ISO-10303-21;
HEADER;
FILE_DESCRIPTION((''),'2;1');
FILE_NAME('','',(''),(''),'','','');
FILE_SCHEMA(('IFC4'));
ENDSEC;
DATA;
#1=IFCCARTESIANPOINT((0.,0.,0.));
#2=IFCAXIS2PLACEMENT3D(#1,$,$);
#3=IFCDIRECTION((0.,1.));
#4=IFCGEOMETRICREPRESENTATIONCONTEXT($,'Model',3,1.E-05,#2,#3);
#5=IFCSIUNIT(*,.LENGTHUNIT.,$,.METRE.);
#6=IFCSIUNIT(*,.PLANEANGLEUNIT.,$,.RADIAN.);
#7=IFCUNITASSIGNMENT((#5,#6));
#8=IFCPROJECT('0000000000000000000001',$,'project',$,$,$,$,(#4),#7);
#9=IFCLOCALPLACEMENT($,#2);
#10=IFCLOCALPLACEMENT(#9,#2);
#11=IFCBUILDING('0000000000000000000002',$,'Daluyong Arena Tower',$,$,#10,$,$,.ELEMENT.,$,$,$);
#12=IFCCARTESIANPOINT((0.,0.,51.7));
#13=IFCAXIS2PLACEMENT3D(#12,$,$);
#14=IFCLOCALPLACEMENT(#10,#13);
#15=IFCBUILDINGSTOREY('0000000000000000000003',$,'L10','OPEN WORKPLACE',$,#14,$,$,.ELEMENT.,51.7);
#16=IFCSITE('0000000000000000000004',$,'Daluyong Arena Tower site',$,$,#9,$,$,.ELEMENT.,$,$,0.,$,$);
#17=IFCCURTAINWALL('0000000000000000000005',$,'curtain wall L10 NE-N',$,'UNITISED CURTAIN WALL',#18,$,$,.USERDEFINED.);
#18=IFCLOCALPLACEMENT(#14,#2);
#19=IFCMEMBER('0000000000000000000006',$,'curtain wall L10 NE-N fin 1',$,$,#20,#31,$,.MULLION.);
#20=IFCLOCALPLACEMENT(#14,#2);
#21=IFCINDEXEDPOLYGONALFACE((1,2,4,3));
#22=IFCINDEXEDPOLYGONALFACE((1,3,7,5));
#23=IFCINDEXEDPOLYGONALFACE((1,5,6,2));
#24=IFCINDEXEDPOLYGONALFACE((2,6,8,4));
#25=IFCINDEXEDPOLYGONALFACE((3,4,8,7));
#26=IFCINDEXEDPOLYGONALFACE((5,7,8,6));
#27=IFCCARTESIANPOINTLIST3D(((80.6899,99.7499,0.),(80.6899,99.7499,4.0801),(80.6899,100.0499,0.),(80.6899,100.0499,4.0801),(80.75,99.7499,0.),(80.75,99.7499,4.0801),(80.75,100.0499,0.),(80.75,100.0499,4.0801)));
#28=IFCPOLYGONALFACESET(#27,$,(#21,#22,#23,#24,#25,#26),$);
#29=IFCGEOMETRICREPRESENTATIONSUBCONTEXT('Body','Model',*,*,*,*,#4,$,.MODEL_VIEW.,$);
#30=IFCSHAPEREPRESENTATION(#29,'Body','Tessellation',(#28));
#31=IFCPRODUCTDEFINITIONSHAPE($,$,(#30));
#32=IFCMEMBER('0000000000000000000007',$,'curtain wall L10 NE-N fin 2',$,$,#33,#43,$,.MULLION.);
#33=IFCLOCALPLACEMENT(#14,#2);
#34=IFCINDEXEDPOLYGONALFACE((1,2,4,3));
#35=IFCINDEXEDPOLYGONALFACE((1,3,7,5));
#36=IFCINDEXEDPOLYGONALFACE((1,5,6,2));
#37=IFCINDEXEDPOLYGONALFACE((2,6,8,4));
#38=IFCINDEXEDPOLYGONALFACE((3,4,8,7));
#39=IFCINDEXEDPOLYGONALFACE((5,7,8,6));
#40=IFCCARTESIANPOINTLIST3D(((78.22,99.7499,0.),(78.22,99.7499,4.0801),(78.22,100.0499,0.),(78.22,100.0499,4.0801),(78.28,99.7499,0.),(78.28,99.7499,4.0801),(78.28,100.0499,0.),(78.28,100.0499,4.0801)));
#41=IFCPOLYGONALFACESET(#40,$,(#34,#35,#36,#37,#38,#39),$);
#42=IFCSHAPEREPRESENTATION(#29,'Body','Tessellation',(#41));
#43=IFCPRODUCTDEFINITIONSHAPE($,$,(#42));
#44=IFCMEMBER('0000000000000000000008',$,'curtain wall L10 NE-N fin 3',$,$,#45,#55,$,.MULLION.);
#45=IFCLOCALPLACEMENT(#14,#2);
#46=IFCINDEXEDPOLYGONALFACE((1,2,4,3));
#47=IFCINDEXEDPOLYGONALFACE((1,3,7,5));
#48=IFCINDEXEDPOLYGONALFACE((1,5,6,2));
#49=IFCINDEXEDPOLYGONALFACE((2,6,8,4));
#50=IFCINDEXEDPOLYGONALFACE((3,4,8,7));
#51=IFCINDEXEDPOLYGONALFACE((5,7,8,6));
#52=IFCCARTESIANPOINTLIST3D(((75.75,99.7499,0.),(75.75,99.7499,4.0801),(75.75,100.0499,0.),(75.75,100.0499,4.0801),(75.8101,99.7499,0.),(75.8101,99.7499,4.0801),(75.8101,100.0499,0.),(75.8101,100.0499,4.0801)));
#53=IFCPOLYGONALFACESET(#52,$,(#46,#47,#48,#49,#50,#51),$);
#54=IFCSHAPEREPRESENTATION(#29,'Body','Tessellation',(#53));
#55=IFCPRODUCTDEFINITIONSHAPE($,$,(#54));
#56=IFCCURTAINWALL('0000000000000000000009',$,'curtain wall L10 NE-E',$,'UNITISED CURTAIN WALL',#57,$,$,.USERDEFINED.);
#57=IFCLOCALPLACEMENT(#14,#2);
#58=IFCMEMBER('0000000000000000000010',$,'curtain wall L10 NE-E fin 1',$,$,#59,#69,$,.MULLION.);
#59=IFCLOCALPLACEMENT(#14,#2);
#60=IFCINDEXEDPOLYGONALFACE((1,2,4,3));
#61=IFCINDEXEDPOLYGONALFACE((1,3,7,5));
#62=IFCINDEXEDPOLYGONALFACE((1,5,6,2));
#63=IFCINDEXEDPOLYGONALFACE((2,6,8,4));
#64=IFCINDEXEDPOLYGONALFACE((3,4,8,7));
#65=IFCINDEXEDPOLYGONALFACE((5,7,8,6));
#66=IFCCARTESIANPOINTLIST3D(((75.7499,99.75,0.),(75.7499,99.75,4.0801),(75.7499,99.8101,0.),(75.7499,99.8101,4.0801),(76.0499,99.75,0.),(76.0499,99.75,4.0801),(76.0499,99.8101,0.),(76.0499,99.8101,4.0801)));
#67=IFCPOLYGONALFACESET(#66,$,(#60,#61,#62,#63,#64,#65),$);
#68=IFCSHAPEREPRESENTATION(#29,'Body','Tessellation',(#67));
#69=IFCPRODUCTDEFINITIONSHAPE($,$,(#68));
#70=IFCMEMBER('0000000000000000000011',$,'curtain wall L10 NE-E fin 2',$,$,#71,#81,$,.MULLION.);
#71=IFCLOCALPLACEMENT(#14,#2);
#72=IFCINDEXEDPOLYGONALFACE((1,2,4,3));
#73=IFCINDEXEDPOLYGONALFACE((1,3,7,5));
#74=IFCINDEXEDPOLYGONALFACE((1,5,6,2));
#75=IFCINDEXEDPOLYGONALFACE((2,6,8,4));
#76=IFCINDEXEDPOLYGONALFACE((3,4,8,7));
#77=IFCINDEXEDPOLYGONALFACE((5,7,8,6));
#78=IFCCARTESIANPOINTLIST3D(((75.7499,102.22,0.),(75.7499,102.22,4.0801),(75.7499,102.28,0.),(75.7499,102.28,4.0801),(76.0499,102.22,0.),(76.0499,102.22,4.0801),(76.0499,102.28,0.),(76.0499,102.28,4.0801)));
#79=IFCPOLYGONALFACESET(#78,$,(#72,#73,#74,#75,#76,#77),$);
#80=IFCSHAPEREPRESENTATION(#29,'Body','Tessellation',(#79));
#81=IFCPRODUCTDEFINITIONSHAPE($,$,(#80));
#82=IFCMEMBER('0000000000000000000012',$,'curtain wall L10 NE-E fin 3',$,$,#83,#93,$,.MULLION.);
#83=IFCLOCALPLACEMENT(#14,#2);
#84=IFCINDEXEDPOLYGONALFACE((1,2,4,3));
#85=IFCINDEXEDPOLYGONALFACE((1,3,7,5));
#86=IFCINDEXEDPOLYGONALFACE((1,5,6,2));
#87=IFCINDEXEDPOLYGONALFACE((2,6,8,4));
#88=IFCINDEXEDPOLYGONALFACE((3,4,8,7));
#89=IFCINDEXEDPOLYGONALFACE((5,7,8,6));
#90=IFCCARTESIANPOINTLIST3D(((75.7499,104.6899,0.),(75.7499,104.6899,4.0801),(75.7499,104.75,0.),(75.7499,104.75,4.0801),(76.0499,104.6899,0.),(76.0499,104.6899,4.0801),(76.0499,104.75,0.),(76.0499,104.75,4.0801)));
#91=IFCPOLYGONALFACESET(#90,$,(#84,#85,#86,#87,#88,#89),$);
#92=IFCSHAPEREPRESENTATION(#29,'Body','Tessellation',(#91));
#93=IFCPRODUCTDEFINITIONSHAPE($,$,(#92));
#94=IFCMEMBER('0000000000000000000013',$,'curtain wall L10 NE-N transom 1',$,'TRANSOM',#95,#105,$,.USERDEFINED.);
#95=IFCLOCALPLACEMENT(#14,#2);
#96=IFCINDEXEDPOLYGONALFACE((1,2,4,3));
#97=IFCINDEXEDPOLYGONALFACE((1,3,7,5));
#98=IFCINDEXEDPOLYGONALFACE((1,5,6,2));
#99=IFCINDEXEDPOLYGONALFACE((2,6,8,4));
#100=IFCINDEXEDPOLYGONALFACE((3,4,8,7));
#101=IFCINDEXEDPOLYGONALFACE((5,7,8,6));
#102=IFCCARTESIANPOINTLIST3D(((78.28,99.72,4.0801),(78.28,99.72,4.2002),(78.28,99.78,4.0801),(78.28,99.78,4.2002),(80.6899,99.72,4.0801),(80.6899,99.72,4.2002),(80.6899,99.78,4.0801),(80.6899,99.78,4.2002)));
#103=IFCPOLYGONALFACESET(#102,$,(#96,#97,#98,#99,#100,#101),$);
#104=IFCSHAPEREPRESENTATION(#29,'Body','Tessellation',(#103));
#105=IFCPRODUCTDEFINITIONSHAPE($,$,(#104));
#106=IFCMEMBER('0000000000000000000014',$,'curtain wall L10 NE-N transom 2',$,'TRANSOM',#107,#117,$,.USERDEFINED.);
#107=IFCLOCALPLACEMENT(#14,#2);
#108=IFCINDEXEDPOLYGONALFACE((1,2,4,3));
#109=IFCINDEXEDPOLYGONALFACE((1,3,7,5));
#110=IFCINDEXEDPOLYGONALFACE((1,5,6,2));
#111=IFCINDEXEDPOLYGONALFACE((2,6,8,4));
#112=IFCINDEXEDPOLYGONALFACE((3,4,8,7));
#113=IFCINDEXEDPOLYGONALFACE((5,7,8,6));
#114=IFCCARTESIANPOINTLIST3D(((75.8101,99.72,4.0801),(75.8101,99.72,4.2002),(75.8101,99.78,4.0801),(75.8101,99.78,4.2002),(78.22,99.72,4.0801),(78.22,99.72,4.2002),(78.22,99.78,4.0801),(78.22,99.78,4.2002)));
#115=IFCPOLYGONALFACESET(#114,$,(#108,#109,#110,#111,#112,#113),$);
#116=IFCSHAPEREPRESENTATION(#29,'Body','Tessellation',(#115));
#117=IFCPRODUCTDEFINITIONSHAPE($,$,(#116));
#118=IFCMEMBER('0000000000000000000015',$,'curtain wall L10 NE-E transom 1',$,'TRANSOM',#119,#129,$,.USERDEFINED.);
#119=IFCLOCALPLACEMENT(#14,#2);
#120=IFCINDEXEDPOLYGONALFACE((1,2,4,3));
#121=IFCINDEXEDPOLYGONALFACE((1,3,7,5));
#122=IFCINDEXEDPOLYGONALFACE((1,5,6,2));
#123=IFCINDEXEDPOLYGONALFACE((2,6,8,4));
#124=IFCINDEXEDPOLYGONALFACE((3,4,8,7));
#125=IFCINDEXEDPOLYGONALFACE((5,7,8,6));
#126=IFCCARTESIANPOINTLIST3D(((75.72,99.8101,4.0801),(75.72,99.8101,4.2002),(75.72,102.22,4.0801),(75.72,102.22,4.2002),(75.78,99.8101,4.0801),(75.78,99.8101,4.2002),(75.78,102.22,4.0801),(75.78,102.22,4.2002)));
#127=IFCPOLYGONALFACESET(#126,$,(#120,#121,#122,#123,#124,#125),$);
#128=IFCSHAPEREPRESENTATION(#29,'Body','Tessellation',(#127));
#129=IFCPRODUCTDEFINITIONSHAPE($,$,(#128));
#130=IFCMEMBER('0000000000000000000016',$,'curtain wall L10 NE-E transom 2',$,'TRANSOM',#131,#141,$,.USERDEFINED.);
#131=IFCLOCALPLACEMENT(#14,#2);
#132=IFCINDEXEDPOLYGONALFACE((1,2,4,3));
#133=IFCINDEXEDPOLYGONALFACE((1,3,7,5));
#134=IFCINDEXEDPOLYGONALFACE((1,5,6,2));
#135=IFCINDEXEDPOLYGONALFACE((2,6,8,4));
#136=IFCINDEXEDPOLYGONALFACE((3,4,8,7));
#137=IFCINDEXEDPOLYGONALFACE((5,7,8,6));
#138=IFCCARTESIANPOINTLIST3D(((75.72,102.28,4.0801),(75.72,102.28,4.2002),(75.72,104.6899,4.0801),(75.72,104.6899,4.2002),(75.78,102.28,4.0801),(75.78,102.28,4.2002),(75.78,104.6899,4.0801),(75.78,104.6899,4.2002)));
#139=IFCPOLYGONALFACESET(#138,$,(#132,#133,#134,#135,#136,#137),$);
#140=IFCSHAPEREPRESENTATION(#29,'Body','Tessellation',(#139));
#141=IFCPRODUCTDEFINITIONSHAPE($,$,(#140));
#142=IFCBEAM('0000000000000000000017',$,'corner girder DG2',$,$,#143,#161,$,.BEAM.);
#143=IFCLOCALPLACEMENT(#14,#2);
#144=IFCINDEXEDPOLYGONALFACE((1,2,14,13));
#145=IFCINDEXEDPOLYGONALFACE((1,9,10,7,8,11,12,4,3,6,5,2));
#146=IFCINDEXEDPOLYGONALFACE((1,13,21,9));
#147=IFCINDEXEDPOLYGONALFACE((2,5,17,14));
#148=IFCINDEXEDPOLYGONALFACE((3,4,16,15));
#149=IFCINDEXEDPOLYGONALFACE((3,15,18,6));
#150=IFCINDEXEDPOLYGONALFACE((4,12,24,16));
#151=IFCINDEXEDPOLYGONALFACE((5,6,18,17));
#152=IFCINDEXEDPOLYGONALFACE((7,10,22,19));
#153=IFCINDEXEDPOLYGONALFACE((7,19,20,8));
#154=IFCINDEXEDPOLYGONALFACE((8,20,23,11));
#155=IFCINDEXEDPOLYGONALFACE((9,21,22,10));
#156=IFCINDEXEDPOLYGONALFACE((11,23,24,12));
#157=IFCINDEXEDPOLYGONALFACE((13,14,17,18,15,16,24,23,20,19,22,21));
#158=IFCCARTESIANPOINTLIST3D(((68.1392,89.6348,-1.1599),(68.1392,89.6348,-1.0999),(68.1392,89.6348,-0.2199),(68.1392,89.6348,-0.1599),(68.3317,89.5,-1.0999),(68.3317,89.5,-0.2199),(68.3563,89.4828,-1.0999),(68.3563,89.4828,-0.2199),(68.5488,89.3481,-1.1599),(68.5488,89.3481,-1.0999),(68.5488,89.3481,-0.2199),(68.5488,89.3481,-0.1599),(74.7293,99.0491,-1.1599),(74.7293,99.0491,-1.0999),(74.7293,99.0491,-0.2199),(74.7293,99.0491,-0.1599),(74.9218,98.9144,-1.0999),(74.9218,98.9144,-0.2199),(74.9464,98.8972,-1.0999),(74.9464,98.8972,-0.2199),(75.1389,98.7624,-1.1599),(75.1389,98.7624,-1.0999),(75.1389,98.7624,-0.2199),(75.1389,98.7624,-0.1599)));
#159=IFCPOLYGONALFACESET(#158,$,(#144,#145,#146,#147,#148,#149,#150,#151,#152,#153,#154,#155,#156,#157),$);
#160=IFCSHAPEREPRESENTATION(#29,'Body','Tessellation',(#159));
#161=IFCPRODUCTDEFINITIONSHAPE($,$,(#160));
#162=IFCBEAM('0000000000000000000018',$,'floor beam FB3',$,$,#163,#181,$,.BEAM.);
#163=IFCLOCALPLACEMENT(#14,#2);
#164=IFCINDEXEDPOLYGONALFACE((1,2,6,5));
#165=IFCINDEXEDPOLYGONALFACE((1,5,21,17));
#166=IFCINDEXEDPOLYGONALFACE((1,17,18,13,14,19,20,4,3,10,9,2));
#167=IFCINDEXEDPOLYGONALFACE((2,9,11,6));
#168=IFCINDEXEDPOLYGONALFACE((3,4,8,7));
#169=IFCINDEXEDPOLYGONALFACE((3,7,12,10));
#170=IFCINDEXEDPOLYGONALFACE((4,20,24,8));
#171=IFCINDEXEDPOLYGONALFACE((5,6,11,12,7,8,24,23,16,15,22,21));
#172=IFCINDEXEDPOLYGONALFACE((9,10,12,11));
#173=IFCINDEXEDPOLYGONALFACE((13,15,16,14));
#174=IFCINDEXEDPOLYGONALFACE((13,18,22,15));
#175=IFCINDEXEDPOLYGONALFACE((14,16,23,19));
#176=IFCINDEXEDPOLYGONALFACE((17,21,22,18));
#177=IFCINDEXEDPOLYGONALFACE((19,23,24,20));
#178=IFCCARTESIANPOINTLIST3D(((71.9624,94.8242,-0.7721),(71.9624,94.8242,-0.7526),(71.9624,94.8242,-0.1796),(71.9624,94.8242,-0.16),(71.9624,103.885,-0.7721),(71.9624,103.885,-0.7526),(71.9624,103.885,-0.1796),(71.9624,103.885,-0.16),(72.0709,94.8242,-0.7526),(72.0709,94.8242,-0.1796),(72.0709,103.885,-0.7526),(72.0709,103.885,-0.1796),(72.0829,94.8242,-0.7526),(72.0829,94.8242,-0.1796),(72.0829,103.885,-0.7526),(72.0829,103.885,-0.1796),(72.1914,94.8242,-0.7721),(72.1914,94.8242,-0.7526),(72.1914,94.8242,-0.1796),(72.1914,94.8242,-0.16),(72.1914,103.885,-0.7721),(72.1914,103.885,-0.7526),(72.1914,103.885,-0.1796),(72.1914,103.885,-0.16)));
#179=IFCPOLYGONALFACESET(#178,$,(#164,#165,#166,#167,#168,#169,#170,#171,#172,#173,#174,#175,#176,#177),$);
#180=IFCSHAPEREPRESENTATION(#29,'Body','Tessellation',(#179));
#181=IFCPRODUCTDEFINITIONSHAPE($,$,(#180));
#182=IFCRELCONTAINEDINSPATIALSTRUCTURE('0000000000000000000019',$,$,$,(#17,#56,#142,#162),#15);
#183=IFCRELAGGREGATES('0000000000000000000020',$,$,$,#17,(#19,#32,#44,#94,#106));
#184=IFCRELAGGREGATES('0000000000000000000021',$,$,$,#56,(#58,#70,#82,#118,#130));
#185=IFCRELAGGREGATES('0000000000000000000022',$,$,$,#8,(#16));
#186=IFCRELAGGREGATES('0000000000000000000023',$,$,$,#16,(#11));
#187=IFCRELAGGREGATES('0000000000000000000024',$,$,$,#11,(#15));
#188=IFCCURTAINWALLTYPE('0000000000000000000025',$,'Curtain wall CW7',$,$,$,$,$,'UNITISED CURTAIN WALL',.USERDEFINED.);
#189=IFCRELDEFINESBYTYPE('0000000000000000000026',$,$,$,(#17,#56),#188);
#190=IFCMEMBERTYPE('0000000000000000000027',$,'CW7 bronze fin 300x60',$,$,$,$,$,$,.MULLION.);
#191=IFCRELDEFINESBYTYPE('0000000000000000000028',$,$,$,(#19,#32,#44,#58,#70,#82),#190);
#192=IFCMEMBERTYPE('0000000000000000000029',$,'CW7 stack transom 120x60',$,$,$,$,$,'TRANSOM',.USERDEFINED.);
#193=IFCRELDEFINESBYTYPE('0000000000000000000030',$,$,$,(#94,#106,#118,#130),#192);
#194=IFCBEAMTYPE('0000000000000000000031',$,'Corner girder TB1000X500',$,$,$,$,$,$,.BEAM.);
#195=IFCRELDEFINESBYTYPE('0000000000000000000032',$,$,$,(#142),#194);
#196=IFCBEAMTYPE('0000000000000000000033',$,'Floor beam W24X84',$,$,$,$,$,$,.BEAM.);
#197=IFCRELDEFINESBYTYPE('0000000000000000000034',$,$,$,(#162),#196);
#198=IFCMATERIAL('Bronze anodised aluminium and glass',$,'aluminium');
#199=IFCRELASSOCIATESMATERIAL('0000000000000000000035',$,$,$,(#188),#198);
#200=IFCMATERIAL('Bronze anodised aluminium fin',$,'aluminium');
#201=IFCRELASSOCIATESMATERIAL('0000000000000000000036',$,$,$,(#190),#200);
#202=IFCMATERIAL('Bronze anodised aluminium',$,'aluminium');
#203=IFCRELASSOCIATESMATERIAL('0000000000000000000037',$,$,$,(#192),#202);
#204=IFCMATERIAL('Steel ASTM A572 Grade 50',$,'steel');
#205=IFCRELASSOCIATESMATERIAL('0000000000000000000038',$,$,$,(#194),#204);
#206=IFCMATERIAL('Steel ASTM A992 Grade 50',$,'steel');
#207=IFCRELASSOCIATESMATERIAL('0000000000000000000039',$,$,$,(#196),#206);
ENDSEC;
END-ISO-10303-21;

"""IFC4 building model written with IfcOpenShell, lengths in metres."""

from ifc_helpers import new_model, si_unit, direction, frame, origin, origin_2d, place, context, subcontext, project, spatial, rectangle, i_section, extrude, material, material_profile, profile_set, type_object, element, aggregate, save


model = new_model("IFC4")

# Units and contexts
model_context = context("Model", 3, precision=1e-05, world=origin(), true_north=direction((0.0, 1.0)))
body_context = subcontext(model_context, "Body", "Model", "MODEL_VIEW")
ifc_project = project(units=[si_unit("LENGTHUNIT", "METRE"), si_unit("PLANEANGLEUNIT", "RADIAN")], contexts=[model_context])

# Site, building, storey
site_placement = place(None, origin())
site = spatial("IfcSite", under=ifc_project, at=site_placement, Name="Daluyong Arena Tower site", CompositionType="ELEMENT", RefElevation=0.0)
building_placement = place(site_placement, origin())
building = spatial("IfcBuilding", under=site, at=building_placement, Name="Daluyong Arena Tower", CompositionType="ELEMENT")
storey_placement = place(building_placement, frame((0.0, 0.0, 51.7)))
storey = spatial("IfcBuildingStorey", under=building, at=storey_placement, Name="L10", Description="OPEN WORKPLACE", CompositionType="ELEMENT", Elevation=51.7)

# Curtain walls, members
ifc_material_1 = material(Name="Bronze anodised aluminium and glass", Category="aluminium")
curtain_wall_type_1 = type_object("IfcCurtainWallType", Name="Curtain wall CW7", ElementType="UNITISED CURTAIN WALL", PredefinedType="USERDEFINED", material=ifc_material_1)
curtain_wall_1_placement = place(storey_placement, origin())
curtain_wall_1 = element("IfcCurtainWall", 1, at=curtain_wall_1_placement, inside=storey, type_object=curtain_wall_type_1, Name="curtain wall L10 NE-N", ObjectType="UNITISED CURTAIN WALL", PredefinedType="USERDEFINED")
ifc_material_2 = material(Name="Bronze anodised aluminium fin", Category="aluminium")
ifc_material_profile_1 = material_profile(ifc_material_2, rectangle(XDim=0.3, YDim=0.0601, at=origin_2d()))
ifc_profile_set_1 = profile_set([ifc_material_profile_1], Name="Bronze anodised aluminium fin")
member_type_1 = type_object("IfcMemberType", Name="CW7 bronze fin 300x60", PredefinedType="MULLION", material=ifc_profile_set_1)
member_1_placement = place(storey_placement, frame((80.72, 99.8999, 0.0), z_axis=(0.0, 0.0, 1.0), x_axis=(0.0, -1.0, 0.0)))
member_1 = element("IfcMember", 2, at=member_1_placement, type_object=member_type_1, Name="curtain wall L10 NE-N fin 1", PredefinedType="MULLION", context=body_context, shape_type="SweptSolid", body=[
    extrude(rectangle(XDim=0.3, YDim=0.0601, at=origin_2d()), origin(), (0.0, 0.0, 1.0), 4.0801),
])
member_2_placement = place(storey_placement, frame((78.25, 99.8999, 0.0), z_axis=(0.0, 0.0, 1.0), x_axis=(0.0, -1.0, 0.0)))
member_2 = element("IfcMember", 3, at=member_2_placement, type_object=member_type_1, Name="curtain wall L10 NE-N fin 2", PredefinedType="MULLION", context=body_context, shape_type="SweptSolid", body=[
    extrude(rectangle(XDim=0.3, YDim=0.0601, at=origin_2d()), origin(), (0.0, 0.0, 1.0), 4.0801),
])
member_3_placement = place(storey_placement, frame((75.78, 99.8999, 0.0), z_axis=(0.0, 0.0, 1.0), x_axis=(0.0, -1.0, 0.0)))
member_3 = element("IfcMember", 4, at=member_3_placement, type_object=member_type_1, Name="curtain wall L10 NE-N fin 3", PredefinedType="MULLION", context=body_context, shape_type="SweptSolid", body=[
    extrude(rectangle(XDim=0.3, YDim=0.0601, at=origin_2d()), origin(), (0.0, 0.0, 1.0), 4.0801),
])
curtain_wall_2_placement = place(storey_placement, origin())
curtain_wall_2 = element("IfcCurtainWall", 5, at=curtain_wall_2_placement, inside=storey, type_object=curtain_wall_type_1, Name="curtain wall L10 NE-E", ObjectType="UNITISED CURTAIN WALL", PredefinedType="USERDEFINED")
member_4_placement = place(storey_placement, frame((75.8999, 99.78, 0.0), z_axis=(0.0, 0.0, 1.0), x_axis=(-1.0, 0.0, 0.0)))
member_4 = element("IfcMember", 6, at=member_4_placement, type_object=member_type_1, Name="curtain wall L10 NE-E fin 1", PredefinedType="MULLION", context=body_context, shape_type="SweptSolid", body=[
    extrude(rectangle(XDim=0.3, YDim=0.0601, at=origin_2d()), origin(), (0.0, 0.0, 1.0), 4.0801),
])
member_5_placement = place(storey_placement, frame((75.8999, 102.25, 0.0), z_axis=(0.0, 0.0, 1.0), x_axis=(-1.0, 0.0, 0.0)))
member_5 = element("IfcMember", 7, at=member_5_placement, type_object=member_type_1, Name="curtain wall L10 NE-E fin 2", PredefinedType="MULLION", context=body_context, shape_type="SweptSolid", body=[
    extrude(rectangle(XDim=0.3, YDim=0.0601, at=origin_2d()), origin(), (0.0, 0.0, 1.0), 4.0801),
])
member_6_placement = place(storey_placement, frame((75.8999, 104.72, 0.0), z_axis=(0.0, 0.0, 1.0), x_axis=(-1.0, 0.0, 0.0)))
member_6 = element("IfcMember", 8, at=member_6_placement, type_object=member_type_1, Name="curtain wall L10 NE-E fin 3", PredefinedType="MULLION", context=body_context, shape_type="SweptSolid", body=[
    extrude(rectangle(XDim=0.3, YDim=0.0601, at=origin_2d()), origin(), (0.0, 0.0, 1.0), 4.0801),
])

# Members
ifc_material_3 = material(Name="Bronze anodised aluminium", Category="aluminium")
ifc_material_profile_2 = material_profile(ifc_material_3, rectangle(XDim=0.0601, YDim=0.1201, at=origin_2d()))
ifc_profile_set_2 = profile_set([ifc_material_profile_2], Name="Bronze anodised aluminium")
member_type_2 = type_object("IfcMemberType", Name="CW7 stack transom 120x60", ElementType="TRANSOM", PredefinedType="USERDEFINED", material=ifc_profile_set_2)
member_7_placement = place(storey_placement, frame((80.6899, 99.75, 4.1401), z_axis=(-1.0, 0.0, 0.0), x_axis=(0.0, -1.0, 0.0)))
member_7 = element("IfcMember", 9, at=member_7_placement, type_object=member_type_2, Name="curtain wall L10 NE-N transom 1", ObjectType="TRANSOM", PredefinedType="USERDEFINED", context=body_context, shape_type="SweptSolid", body=[
    extrude(rectangle(XDim=0.0601, YDim=0.1201, at=origin_2d()), origin(), (0.0, 0.0, 1.0), 2.4099),
])
member_8_placement = place(storey_placement, frame((78.22, 99.75, 4.1401), z_axis=(-1.0, 0.0, 0.0), x_axis=(0.0, -1.0, 0.0)))
member_8 = element("IfcMember", 10, at=member_8_placement, type_object=member_type_2, Name="curtain wall L10 NE-N transom 2", ObjectType="TRANSOM", PredefinedType="USERDEFINED", context=body_context, shape_type="SweptSolid", body=[
    extrude(rectangle(XDim=0.0601, YDim=0.1201, at=origin_2d()), origin(), (0.0, 0.0, 1.0), 2.4099),
])
member_9_placement = place(storey_placement, frame((75.75, 99.8101, 4.1401), z_axis=(0.0, 1.0, 0.0), x_axis=(-1.0, 0.0, 0.0)))
member_9 = element("IfcMember", 11, at=member_9_placement, type_object=member_type_2, Name="curtain wall L10 NE-E transom 1", ObjectType="TRANSOM", PredefinedType="USERDEFINED", context=body_context, shape_type="SweptSolid", body=[
    extrude(rectangle(XDim=0.0601, YDim=0.1201, at=origin_2d()), origin(), (0.0, 0.0, 1.0), 2.4099),
])
member_10_placement = place(storey_placement, frame((75.75, 102.28, 4.1401), z_axis=(0.0, 1.0, 0.0), x_axis=(-1.0, 0.0, 0.0)))
member_10 = element("IfcMember", 12, at=member_10_placement, type_object=member_type_2, Name="curtain wall L10 NE-E transom 2", ObjectType="TRANSOM", PredefinedType="USERDEFINED", context=body_context, shape_type="SweptSolid", body=[
    extrude(rectangle(XDim=0.0601, YDim=0.1201, at=origin_2d()), origin(), (0.0, 0.0, 1.0), 2.4099),
])

# Beams
ifc_material_4 = material(Name="Steel ASTM A572 Grade 50", Category="steel")
ifc_material_profile_3 = material_profile(ifc_material_4, i_section(OverallWidth=0.5, OverallDepth=1.0, WebThickness=0.03, FlangeThickness=0.06, at=origin_2d()))
ifc_profile_set_3 = profile_set([ifc_material_profile_3], Name="Steel ASTM A572 Grade 50")
beam_type_1 = type_object("IfcBeamType", Name="Corner girder TB1000X500", PredefinedType="BEAM", material=ifc_profile_set_3)
beam_1_placement = place(storey_placement, frame((74.9341, 98.9058, -0.6599), z_axis=(-0.573467, -0.819229, 0.0), x_axis=(0.819229, -0.573467, 0.0)))
element("IfcBeam", 13, at=beam_1_placement, inside=storey, type_object=beam_type_1, Name="corner girder DG2", PredefinedType="BEAM", context=body_context, shape_type="SweptSolid", body=[
    extrude(i_section(OverallWidth=0.5, OverallDepth=1.0, WebThickness=0.03, FlangeThickness=0.06, at=origin_2d()), origin(), (0.0, 0.0, 1.0), 11.4917),
])
ifc_material_5 = material(Name="Steel ASTM A992 Grade 50", Category="steel")
ifc_material_profile_4 = material_profile(ifc_material_5, i_section(OverallWidth=0.229, OverallDepth=0.6121, WebThickness=0.012, FlangeThickness=0.0195, at=origin_2d()))
ifc_profile_set_4 = profile_set([ifc_material_profile_4], Name="Steel ASTM A992 Grade 50")
beam_type_2 = type_object("IfcBeamType", Name="Floor beam W24X84", PredefinedType="BEAM", material=ifc_profile_set_4)
beam_2_placement = place(storey_placement, frame((72.0769, 103.885, -0.4661), z_axis=(0.0, -1.0, 0.0), x_axis=(1.0, 0.0, 0.0)))
element("IfcBeam", 14, at=beam_2_placement, inside=storey, type_object=beam_type_2, Name="floor beam FB3", PredefinedType="BEAM", context=body_context, shape_type="SweptSolid", body=[
    extrude(i_section(OverallWidth=0.229, OverallDepth=0.6121, WebThickness=0.012, FlangeThickness=0.0195, at=origin_2d()), origin(), (0.0, 0.0, 1.0), 9.0608),
])

aggregate(curtain_wall_1, [member_1, member_2, member_3, member_7, member_8])
aggregate(curtain_wall_2, [member_4, member_5, member_6, member_9, member_10])

save(model, "model.ifc")
